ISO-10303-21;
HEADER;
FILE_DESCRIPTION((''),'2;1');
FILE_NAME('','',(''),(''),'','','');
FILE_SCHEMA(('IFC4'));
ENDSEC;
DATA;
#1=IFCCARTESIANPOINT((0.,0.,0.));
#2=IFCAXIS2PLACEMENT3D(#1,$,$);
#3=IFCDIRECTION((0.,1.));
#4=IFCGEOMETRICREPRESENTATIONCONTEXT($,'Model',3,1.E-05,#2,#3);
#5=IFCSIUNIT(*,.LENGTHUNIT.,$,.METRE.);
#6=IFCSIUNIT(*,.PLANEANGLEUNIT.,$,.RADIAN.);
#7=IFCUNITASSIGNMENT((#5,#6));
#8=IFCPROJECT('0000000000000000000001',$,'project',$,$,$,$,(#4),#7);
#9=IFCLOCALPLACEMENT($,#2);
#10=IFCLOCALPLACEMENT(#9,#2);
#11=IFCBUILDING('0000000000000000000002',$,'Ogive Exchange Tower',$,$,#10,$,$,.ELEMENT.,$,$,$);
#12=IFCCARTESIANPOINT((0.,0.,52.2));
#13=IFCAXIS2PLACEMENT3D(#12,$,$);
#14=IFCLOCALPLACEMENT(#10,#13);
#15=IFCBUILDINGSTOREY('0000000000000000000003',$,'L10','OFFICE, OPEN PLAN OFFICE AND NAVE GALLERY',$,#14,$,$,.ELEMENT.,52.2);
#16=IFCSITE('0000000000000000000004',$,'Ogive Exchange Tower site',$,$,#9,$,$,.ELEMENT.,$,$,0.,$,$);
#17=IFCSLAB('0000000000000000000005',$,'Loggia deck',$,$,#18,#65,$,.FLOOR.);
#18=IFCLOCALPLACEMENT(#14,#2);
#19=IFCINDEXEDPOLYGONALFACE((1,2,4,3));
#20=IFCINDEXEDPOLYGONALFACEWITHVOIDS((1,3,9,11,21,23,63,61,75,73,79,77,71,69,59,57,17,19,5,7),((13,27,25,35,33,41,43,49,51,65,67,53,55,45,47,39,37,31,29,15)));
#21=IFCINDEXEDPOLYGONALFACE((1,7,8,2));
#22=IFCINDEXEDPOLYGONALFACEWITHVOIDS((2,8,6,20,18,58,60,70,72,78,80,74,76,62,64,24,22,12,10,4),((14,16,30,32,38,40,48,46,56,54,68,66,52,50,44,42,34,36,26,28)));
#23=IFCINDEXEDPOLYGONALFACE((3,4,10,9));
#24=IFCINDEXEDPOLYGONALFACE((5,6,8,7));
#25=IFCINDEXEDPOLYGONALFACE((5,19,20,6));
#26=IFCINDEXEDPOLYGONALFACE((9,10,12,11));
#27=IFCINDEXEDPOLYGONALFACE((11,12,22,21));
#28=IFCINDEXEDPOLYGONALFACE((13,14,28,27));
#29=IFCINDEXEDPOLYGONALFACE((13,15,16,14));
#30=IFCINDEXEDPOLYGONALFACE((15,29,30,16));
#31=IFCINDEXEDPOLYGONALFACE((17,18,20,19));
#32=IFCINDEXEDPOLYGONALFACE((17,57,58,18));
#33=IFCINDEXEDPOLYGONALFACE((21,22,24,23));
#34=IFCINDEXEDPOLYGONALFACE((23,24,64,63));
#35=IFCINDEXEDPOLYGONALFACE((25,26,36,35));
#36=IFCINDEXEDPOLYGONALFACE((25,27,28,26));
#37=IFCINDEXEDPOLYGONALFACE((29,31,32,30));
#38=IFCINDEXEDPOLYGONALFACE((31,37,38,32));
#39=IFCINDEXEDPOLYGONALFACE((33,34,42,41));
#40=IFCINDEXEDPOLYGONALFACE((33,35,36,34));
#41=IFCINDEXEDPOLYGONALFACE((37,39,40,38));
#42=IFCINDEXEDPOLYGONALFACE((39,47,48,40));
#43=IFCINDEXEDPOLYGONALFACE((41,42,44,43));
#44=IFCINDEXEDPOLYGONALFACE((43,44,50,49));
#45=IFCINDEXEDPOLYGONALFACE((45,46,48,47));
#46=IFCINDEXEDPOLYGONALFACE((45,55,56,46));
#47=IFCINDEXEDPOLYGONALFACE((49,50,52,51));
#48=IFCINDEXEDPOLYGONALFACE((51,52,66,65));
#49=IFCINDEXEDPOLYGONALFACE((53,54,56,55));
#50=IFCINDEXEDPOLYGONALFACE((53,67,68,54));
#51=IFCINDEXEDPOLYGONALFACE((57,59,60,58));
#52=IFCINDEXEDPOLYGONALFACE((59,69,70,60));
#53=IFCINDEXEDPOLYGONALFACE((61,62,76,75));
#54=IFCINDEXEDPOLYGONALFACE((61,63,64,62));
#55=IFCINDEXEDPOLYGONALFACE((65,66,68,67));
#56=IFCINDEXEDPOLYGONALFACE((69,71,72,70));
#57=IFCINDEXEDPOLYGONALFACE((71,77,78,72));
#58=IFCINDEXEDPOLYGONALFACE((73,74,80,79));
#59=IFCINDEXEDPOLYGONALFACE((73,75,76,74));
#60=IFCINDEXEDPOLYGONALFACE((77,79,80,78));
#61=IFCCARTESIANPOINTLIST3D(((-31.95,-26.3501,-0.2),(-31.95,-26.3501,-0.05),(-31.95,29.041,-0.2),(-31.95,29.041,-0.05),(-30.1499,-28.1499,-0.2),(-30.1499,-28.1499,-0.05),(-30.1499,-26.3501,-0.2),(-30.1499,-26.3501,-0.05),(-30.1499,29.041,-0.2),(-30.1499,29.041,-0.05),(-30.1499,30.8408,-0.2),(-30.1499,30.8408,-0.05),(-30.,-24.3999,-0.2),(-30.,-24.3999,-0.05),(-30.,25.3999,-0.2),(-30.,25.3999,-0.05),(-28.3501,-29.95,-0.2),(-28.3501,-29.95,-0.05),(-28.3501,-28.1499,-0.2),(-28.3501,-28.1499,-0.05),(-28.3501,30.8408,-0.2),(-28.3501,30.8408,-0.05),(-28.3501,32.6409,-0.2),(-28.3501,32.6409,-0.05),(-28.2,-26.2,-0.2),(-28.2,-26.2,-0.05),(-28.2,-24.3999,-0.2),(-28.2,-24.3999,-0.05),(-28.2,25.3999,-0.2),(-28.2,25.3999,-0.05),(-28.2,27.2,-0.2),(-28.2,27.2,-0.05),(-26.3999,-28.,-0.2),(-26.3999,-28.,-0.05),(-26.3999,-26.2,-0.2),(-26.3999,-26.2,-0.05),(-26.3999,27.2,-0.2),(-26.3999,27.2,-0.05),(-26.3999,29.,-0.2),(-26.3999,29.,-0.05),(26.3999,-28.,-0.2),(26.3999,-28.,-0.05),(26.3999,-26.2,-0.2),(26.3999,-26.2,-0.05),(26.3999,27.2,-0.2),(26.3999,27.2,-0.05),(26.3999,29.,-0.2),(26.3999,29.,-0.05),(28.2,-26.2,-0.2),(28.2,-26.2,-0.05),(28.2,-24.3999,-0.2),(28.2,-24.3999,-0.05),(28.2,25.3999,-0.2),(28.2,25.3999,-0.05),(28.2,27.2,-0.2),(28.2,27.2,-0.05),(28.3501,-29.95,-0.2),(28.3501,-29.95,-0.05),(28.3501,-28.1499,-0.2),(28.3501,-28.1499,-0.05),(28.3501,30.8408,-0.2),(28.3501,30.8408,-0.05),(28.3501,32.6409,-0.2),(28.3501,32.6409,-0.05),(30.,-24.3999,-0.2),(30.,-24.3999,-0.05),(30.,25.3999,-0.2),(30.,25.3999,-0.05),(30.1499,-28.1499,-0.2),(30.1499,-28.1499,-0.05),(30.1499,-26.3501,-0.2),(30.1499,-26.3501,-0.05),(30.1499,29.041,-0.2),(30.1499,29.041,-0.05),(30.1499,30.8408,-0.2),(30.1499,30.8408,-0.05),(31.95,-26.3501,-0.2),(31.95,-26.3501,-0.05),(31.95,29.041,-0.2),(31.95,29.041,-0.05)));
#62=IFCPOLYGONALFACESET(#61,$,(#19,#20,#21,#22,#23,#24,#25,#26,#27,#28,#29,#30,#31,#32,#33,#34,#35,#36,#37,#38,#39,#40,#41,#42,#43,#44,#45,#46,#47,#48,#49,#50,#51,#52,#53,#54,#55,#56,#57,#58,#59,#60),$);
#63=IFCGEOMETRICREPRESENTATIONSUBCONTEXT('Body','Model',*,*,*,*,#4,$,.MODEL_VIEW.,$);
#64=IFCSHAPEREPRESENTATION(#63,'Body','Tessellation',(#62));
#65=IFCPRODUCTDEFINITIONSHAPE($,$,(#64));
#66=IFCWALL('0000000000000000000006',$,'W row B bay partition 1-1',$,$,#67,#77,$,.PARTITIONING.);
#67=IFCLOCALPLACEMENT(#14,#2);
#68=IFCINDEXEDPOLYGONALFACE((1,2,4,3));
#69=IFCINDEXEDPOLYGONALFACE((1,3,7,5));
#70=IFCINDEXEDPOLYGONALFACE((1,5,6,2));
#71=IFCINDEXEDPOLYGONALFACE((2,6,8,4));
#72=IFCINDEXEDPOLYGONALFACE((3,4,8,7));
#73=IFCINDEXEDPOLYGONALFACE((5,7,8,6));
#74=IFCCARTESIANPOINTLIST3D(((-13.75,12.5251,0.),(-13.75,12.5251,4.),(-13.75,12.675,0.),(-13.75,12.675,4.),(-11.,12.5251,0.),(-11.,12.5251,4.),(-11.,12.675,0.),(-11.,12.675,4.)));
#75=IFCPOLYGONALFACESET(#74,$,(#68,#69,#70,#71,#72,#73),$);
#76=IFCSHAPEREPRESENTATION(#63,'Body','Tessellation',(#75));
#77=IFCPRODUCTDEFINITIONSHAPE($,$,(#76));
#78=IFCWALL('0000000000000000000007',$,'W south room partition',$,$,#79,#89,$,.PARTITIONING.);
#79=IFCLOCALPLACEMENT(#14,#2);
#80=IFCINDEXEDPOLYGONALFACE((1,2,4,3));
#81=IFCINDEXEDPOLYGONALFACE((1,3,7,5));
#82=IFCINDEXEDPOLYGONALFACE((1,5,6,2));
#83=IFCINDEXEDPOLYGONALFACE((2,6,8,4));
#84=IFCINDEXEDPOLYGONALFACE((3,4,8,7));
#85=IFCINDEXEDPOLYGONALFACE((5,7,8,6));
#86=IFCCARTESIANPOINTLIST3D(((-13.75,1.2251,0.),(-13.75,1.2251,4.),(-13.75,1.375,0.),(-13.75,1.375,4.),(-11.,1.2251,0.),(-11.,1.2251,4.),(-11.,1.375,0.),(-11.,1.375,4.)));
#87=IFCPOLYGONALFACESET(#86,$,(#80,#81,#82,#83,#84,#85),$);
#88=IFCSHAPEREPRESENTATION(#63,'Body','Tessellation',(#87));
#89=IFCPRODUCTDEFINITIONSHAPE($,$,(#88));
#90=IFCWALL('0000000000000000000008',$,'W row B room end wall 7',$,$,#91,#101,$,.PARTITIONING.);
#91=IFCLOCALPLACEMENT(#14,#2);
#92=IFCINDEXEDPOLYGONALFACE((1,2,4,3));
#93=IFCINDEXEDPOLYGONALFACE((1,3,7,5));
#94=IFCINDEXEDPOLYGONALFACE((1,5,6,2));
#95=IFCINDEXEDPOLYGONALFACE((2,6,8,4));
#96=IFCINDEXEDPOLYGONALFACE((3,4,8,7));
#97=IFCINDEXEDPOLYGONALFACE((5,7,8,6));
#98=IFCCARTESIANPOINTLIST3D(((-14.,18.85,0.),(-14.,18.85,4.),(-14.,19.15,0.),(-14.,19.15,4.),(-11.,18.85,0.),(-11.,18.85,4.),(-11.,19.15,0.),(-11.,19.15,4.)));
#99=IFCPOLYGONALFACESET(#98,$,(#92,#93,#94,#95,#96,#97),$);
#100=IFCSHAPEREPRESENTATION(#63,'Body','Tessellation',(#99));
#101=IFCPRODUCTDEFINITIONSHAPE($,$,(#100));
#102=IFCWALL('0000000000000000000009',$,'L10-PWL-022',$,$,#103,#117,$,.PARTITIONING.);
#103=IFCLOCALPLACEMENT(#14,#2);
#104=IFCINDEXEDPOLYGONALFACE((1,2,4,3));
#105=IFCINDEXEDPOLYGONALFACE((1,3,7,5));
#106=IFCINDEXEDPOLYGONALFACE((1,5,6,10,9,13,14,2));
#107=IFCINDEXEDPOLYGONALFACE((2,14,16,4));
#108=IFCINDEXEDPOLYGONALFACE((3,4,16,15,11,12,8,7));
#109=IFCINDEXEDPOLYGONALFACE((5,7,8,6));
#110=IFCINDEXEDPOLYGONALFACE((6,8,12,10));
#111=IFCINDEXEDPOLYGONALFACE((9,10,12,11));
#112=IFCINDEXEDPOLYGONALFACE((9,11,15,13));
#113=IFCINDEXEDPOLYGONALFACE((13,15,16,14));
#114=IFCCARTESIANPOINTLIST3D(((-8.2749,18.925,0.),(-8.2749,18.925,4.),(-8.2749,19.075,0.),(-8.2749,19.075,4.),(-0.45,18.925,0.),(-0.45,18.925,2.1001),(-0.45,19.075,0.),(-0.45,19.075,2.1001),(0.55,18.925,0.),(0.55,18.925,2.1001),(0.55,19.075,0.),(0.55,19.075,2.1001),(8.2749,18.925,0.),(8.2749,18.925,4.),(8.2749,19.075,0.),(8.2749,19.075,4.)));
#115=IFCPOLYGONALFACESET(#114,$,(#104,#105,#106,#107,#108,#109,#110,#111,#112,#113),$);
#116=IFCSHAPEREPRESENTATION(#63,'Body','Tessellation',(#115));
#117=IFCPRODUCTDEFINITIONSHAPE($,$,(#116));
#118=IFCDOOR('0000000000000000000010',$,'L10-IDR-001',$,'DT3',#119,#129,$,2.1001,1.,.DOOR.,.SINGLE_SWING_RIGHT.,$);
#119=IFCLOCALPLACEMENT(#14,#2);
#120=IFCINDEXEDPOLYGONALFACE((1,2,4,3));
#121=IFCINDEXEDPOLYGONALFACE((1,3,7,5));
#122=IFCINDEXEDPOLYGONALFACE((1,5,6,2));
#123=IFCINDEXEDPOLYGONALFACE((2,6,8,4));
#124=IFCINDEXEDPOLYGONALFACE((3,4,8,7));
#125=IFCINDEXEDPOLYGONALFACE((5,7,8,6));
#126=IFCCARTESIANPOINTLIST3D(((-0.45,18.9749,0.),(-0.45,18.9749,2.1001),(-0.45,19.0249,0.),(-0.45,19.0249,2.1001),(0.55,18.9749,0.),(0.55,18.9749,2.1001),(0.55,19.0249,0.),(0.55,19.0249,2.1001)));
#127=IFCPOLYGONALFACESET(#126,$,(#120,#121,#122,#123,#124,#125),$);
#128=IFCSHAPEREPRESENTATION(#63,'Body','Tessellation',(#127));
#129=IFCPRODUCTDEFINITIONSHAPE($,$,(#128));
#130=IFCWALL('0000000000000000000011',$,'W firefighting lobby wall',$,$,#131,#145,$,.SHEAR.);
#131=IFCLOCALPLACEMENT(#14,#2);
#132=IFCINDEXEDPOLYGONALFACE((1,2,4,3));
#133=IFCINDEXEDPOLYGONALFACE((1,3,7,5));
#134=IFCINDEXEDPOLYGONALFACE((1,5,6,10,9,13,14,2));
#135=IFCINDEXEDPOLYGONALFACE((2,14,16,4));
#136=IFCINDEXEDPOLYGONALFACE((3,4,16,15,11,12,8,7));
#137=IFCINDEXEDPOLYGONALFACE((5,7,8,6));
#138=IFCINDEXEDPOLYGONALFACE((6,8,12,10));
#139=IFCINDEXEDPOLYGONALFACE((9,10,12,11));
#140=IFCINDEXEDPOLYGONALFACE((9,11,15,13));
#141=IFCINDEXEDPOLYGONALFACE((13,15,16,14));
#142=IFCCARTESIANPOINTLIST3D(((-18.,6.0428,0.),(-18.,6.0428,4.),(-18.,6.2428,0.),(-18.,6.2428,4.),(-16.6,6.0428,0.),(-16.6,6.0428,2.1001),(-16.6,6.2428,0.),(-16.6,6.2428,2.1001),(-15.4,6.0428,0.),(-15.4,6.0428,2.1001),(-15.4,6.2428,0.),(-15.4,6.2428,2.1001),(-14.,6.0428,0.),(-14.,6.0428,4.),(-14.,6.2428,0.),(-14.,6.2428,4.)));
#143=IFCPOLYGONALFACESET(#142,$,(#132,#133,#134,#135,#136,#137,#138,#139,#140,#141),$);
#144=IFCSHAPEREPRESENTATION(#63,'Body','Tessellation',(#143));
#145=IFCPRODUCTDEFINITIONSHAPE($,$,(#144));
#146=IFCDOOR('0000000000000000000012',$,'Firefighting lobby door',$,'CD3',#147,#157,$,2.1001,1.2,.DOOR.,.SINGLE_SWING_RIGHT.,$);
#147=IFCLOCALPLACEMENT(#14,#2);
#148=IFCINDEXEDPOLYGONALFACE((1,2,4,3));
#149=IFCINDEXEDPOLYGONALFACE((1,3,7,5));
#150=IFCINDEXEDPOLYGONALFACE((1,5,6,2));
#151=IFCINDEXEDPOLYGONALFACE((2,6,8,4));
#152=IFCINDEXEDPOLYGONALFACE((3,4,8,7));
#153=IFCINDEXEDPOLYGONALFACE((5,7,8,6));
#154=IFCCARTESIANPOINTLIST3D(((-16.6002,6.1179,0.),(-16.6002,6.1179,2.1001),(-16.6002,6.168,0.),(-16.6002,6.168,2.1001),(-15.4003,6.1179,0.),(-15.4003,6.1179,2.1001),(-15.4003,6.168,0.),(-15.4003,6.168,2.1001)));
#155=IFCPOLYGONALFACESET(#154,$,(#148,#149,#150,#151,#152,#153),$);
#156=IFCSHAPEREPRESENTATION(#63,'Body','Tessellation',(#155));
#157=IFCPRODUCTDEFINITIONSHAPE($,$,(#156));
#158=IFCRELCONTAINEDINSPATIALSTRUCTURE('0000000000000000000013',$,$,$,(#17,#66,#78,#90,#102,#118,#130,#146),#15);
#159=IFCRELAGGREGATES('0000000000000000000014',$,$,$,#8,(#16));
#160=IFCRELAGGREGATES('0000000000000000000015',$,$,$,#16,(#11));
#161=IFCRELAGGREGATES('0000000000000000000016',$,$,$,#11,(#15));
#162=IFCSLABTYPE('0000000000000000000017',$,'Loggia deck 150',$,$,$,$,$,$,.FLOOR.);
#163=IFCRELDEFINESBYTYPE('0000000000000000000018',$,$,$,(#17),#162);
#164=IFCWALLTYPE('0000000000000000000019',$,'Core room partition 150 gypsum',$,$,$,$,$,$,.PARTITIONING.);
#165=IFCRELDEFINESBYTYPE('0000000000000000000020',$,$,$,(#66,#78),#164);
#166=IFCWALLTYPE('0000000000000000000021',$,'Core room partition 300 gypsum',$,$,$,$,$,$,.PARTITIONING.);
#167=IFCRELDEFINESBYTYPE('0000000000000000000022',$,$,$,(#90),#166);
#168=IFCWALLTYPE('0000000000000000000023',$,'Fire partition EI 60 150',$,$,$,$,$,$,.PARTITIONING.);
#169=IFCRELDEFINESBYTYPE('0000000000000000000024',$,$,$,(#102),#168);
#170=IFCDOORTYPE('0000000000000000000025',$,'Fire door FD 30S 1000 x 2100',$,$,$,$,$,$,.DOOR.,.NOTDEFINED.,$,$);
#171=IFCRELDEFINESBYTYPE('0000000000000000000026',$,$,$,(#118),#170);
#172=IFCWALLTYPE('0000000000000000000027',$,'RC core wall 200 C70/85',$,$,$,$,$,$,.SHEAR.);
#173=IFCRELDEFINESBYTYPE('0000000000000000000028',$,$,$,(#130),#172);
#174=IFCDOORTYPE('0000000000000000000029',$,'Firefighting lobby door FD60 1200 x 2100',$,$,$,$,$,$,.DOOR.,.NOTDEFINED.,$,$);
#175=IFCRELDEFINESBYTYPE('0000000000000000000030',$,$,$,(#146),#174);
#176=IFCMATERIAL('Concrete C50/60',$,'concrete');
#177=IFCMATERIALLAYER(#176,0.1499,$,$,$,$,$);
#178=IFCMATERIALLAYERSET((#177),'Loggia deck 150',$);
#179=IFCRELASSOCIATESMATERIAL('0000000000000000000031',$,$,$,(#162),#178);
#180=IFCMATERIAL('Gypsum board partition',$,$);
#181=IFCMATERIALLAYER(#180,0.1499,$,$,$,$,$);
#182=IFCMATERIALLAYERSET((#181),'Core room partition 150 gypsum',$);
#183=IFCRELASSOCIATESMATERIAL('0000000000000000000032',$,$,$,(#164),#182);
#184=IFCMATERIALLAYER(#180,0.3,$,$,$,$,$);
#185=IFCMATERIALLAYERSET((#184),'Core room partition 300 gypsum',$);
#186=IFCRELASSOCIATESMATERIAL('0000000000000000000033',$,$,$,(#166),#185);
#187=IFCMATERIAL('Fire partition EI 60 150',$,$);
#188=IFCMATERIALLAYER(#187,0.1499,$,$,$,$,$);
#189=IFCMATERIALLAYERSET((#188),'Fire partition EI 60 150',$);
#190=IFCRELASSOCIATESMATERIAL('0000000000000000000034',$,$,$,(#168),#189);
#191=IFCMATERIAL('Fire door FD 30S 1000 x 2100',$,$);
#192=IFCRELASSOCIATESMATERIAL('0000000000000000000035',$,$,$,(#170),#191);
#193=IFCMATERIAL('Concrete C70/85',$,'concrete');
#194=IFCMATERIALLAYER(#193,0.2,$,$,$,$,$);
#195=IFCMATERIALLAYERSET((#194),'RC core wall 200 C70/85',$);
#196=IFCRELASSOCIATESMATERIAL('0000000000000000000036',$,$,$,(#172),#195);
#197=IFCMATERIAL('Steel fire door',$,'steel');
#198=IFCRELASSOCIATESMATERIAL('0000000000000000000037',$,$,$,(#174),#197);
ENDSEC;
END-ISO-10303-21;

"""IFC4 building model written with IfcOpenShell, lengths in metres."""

from ifc_helpers import new_model, si_unit, direction, frame, frame_2d, origin, place, context, subcontext, project, spatial, polyline, rectangle, outline, extrude, material, layer, layer_set, type_object, element, fill, save


model = new_model("IFC4")

# Units and contexts
model_context = context("Model", 3, precision=1e-05, world=origin(), true_north=direction((0.0, 1.0)))
body_context = subcontext(model_context, "Body", "Model", "MODEL_VIEW")
ifc_project = project(units=[si_unit("LENGTHUNIT", "METRE"), si_unit("PLANEANGLEUNIT", "RADIAN")], contexts=[model_context])

# Site, building, storey
site_placement = place(None, origin())
site = spatial("IfcSite", under=ifc_project, at=site_placement, Name="Ogive Exchange Tower site", CompositionType="ELEMENT", RefElevation=0.0)
building_placement = place(site_placement, origin())
building = spatial("IfcBuilding", under=site, at=building_placement, Name="Ogive Exchange Tower", CompositionType="ELEMENT")
storey_placement = place(building_placement, frame((0.0, 0.0, 52.2)))
storey = spatial("IfcBuildingStorey", under=building, at=storey_placement, Name="L10", Description="OFFICE, OPEN PLAN OFFICE AND NAVE GALLERY", CompositionType="ELEMENT", Elevation=52.2)

# Slab
ifc_material_1 = material(Name="Concrete C50/60", Category="concrete")
ifc_layer_1 = layer(ifc_material_1, 0.1499)
ifc_layer_set_1 = layer_set([ifc_layer_1], Name="Loggia deck 150")
slab_type_1 = type_object("IfcSlabType", Name="Loggia deck 150", PredefinedType="FLOOR", material=ifc_layer_set_1)
slab_1_placement = place(storey_placement, frame((0.0, 0.0, -0.2)))
element("IfcSlab", 1, at=slab_1_placement, inside=storey, type_object=slab_type_1, Name="Loggia deck", PredefinedType="FLOOR", context=body_context, shape_type="SweptSolid", body=[
    extrude(outline(polyline([(-28.3501, -28.1499), (-30.1499, -28.1499), (-30.1499, -26.3501), (-31.95, -26.3501), (-31.95, 29.041), (-30.1499, 29.041), (-30.1499, 30.8408), (-28.3501, 30.8408), (-28.3501, 32.6409), (28.3501, 32.6409), (28.3501, 30.8408), (30.1499, 30.8408), (30.1499, 29.041), (31.95, 29.041), (31.95, -26.3501), (30.1499, -26.3501), (30.1499, -28.1499), (28.3501, -28.1499), (28.3501, -29.95), (-28.3501, -29.95), (-28.3501, -28.1499)]), holes=[polyline([(26.3999, -26.2), (28.2, -26.2), (28.2, -24.3999), (30.0, -24.3999), (30.0, 25.3999), (28.2, 25.3999), (28.2, 27.2), (26.3999, 27.2), (26.3999, 29.0), (-26.3999, 29.0), (-26.3999, 27.2), (-28.2, 27.2), (-28.2, 25.3999), (-30.0, 25.3999), (-30.0, -24.3999), (-28.2, -24.3999), (-28.2, -26.2), (-26.3999, -26.2), (-26.3999, -28.0), (26.3999, -28.0), (26.3999, -26.2)])]), origin(), (0.0, 0.0, 1.0), 0.1499),
])

# Walls
ifc_material_2 = material(Name="Gypsum board partition")
ifc_layer_2 = layer(ifc_material_2, 0.1499)
ifc_layer_set_2 = layer_set([ifc_layer_2], Name="Core room partition 150 gypsum")
wall_type_1 = type_object("IfcWallType", Name="Core room partition 150 gypsum", PredefinedType="PARTITIONING", material=ifc_layer_set_2)
for number, where, z_axis, x_axis, name in (
    (2, (-13.75, 12.6001, 0.0), (0.0, 0.0, 1.0), (1.0, 0.0, 0.0), "W row B bay partition 1-1"),
    (3, (-13.75, 1.3, 0.0), (0.0, 0.0, 1.0), (1.0, 0.0, 0.0), "W south room partition"),
):
    element("IfcWall", number, at=place(storey_placement, frame(where, z_axis=z_axis, x_axis=x_axis)), inside=storey, type_object=wall_type_1, Name=name, PredefinedType="PARTITIONING", context=body_context, shape_type="SweptSolid", body=[
        extrude(rectangle(XDim=2.75, YDim=0.1499, at=frame_2d((1.375, 0.0))), origin(), (0.0, 0.0, 1.0), 4.0),
    ])
ifc_layer_3 = layer(ifc_material_2, 0.3)
ifc_layer_set_3 = layer_set([ifc_layer_3], Name="Core room partition 300 gypsum")
wall_type_2 = type_object("IfcWallType", Name="Core room partition 300 gypsum", PredefinedType="PARTITIONING", material=ifc_layer_set_3)
wall_1_placement = place(storey_placement, frame((-14.0, 19.0, 0.0), z_axis=(0.0, 0.0, 1.0), x_axis=(1.0, 0.0, 0.0)))
element("IfcWall", 4, at=wall_1_placement, inside=storey, type_object=wall_type_2, Name="W row B room end wall 7", PredefinedType="PARTITIONING", context=body_context, shape_type="SweptSolid", body=[
    extrude(rectangle(XDim=3.0, YDim=0.3, at=frame_2d((1.5, 0.0))), origin(), (0.0, 0.0, 1.0), 4.0),
])

# Walls, openings, doors
ifc_material_3 = material(Name="Fire partition EI 60 150")
ifc_layer_4 = layer(ifc_material_3, 0.1499)
ifc_layer_set_4 = layer_set([ifc_layer_4], Name="Fire partition EI 60 150")
wall_type_3 = type_object("IfcWallType", Name="Fire partition EI 60 150", PredefinedType="PARTITIONING", material=ifc_layer_set_4)
wall_2_placement = place(storey_placement, frame((-8.2749, 19.0, 0.0), z_axis=(0.0, 0.0, 1.0), x_axis=(1.0, 0.0, 0.0)))
wall_2 = element("IfcWall", 5, at=wall_2_placement, inside=storey, type_object=wall_type_3, Name="L10-PWL-022", PredefinedType="PARTITIONING", context=body_context, shape_type="SweptSolid", body=[
    extrude(rectangle(XDim=16.5498, YDim=0.1499, at=frame_2d((8.2749, 0.0))), origin(), (0.0, 0.0, 1.0), 4.0),
])
opening_1_placement = place(wall_2_placement, frame((7.825, 0.0, 0.0)))
opening_1 = element("IfcOpeningElement", 6, at=opening_1_placement, cuts=wall_2, PredefinedType="OPENING", context=body_context, shape_type="SweptSolid", body=[
    extrude(rectangle(XDim=1.0, YDim=2.1001, at=frame_2d((0.5, 1.05))), frame((0.0, 0.085, 0.0), z_axis=(0.0, -1.0, 0.0), x_axis=(1.0, 0.0, 0.0)), (0.0, 0.0, 1.0), 0.1699),
])
ifc_material_4 = material(Name="Fire door FD 30S 1000 x 2100")
door_type_1 = type_object("IfcDoorType", Name="Fire door FD 30S 1000 x 2100", OperationType="NOTDEFINED", PredefinedType="DOOR", material=ifc_material_4)
door_1_placement = place(opening_1_placement, origin())
door_1 = element("IfcDoor", 7, at=door_1_placement, inside=storey, type_object=door_type_1, Name="L10-IDR-001", ObjectType="DT3", OperationType="SINGLE_SWING_RIGHT", OverallHeight=2.1001, OverallWidth=1.0, PredefinedType="DOOR", context=body_context, shape_type="SweptSolid", body=[
    extrude(rectangle(XDim=1.0, YDim=2.1001, at=frame_2d((0.5, 1.05))), frame((0.0, 0.0249, 0.0), z_axis=(0.0, -1.0, 0.0), x_axis=(1.0, 0.0, 0.0)), (0.0, 0.0, 1.0), 0.05),
])
fill(opening_1, door_1)
ifc_material_5 = material(Name="Concrete C70/85", Category="concrete")
ifc_layer_5 = layer(ifc_material_5, 0.2)
ifc_layer_set_5 = layer_set([ifc_layer_5], Name="RC core wall 200 C70/85")
wall_type_4 = type_object("IfcWallType", Name="RC core wall 200 C70/85", PredefinedType="SHEAR", material=ifc_layer_set_5)
wall_3_placement = place(storey_placement, frame((-18.0, 6.1428, 0.0), z_axis=(0.0, 0.0, 1.0), x_axis=(1.0, 0.0, 0.0)))
wall_3 = element("IfcWall", 8, at=wall_3_placement, inside=storey, type_object=wall_type_4, Name="W firefighting lobby wall", PredefinedType="SHEAR", context=body_context, shape_type="SweptSolid", body=[
    extrude(rectangle(XDim=4.0, YDim=0.2, at=frame_2d((2.0, 0.0))), origin(), (0.0, 0.0, 1.0), 4.0),
])
opening_2_placement = place(wall_3_placement, frame((1.3999, 0.0, 0.0)))
opening_2 = element("IfcOpeningElement", 9, at=opening_2_placement, cuts=wall_3, PredefinedType="OPENING", context=body_context, shape_type="SweptSolid", body=[
    extrude(rectangle(XDim=1.2, YDim=2.1001, at=frame_2d((0.6001, 1.05))), frame((0.0, 0.1099, 0.0), z_axis=(0.0, -1.0, 0.0), x_axis=(1.0, 0.0, 0.0)), (0.0, 0.0, 1.0), 0.22),
])
ifc_material_6 = material(Name="Steel fire door", Category="steel")
door_type_2 = type_object("IfcDoorType", Name="Firefighting lobby door FD60 1200 x 2100", OperationType="NOTDEFINED", PredefinedType="DOOR", material=ifc_material_6)
door_2_placement = place(opening_2_placement, frame((1.2, 0.0, 0.0), z_axis=(0.0, 0.0, 1.0), x_axis=(-1.0, 0.0, 0.0)))
door_2 = element("IfcDoor", 10, at=door_2_placement, inside=storey, type_object=door_type_2, Name="Firefighting lobby door", ObjectType="CD3", OperationType="SINGLE_SWING_RIGHT", OverallHeight=2.1001, OverallWidth=1.2, PredefinedType="DOOR", context=body_context, shape_type="SweptSolid", body=[
    extrude(rectangle(XDim=1.2, YDim=2.1001, at=frame_2d((0.6001, 1.05))), frame((0.0, 0.0249, 0.0), z_axis=(0.0, -1.0, 0.0), x_axis=(1.0, 0.0, 0.0)), (0.0, 0.0, 1.0), 0.05),
])
fill(opening_2, door_2)

save(model, "model.ifc")
